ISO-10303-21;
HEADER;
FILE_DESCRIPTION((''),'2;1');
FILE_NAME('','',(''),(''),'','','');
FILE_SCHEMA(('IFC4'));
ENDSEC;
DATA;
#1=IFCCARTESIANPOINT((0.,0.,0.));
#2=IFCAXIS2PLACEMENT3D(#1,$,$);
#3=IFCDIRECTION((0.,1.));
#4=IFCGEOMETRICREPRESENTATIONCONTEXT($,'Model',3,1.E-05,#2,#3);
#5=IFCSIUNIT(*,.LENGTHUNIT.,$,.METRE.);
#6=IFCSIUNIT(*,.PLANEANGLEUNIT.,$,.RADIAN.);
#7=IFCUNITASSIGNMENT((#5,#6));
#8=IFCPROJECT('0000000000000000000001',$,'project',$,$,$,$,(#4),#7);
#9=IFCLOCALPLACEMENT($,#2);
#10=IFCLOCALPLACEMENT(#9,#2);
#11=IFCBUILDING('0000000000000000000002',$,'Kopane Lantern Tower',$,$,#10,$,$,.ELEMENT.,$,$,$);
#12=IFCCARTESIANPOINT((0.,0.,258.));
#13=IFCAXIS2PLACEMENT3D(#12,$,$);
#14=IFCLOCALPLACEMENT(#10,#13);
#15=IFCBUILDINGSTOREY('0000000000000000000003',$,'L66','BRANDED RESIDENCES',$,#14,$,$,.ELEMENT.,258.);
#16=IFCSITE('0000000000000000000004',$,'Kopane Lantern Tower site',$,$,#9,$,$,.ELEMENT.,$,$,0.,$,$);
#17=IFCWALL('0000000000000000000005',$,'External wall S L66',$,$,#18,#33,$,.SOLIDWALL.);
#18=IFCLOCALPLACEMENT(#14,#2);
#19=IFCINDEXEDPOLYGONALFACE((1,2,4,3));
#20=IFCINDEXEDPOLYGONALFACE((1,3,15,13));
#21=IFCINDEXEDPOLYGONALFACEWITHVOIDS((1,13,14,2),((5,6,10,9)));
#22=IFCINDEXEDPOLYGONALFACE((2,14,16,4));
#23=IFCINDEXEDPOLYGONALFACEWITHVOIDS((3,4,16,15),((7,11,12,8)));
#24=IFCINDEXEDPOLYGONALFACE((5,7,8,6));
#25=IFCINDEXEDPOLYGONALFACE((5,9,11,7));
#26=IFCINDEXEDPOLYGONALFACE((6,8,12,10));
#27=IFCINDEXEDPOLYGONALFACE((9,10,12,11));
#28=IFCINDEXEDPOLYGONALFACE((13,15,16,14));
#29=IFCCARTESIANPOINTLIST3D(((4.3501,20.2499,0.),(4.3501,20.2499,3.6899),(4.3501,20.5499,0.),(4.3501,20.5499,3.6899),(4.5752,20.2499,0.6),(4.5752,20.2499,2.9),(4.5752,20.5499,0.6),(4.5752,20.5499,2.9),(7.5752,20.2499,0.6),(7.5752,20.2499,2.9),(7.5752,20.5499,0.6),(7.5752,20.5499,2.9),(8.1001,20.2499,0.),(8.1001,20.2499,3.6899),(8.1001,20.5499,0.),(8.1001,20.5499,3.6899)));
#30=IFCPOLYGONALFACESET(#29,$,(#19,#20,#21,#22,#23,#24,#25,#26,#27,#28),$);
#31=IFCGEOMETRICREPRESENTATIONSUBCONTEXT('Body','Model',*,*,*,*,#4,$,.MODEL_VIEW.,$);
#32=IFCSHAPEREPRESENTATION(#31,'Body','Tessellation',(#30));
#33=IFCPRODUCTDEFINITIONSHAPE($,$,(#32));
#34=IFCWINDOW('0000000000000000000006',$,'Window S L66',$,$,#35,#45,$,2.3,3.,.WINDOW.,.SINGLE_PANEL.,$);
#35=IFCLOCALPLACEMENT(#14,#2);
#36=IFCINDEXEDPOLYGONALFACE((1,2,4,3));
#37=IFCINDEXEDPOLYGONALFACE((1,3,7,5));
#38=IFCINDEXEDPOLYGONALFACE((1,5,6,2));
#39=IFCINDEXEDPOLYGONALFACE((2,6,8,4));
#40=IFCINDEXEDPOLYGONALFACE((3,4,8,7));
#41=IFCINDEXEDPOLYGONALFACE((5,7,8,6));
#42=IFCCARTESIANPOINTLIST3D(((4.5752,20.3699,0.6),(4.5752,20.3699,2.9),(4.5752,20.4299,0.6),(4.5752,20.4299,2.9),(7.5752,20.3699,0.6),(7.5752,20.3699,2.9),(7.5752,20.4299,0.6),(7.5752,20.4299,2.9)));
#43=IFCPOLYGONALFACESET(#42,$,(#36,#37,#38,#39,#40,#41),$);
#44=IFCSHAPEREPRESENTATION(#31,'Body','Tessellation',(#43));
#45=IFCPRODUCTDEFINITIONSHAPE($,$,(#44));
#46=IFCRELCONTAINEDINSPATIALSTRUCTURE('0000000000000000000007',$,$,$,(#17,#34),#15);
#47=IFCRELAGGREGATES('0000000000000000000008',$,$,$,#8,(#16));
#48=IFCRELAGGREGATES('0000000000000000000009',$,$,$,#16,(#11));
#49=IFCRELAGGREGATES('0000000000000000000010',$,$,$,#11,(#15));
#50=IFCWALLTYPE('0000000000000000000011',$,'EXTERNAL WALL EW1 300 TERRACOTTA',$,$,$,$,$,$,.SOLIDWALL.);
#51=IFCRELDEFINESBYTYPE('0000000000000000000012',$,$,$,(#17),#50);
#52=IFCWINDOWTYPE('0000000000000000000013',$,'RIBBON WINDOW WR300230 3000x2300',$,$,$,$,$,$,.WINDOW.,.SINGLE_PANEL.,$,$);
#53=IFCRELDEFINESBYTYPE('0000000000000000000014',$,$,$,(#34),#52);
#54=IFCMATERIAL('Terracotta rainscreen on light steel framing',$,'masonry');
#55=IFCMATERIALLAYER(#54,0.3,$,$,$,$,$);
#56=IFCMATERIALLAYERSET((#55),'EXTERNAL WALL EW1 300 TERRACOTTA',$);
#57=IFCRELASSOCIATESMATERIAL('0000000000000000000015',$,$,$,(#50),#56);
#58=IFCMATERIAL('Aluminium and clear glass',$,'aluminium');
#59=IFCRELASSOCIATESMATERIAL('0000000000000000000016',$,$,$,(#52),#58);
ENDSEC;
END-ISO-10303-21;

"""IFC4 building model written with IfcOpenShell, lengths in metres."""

from ifc_helpers import new_model, si_unit, direction, frame, frame_2d, origin, place, context, subcontext, project, spatial, rectangle, extrude, material, layer, layer_set, type_object, element, fill, save


model = new_model("IFC4")

# Units and contexts
model_context = context("Model", 3, precision=1e-05, world=origin(), true_north=direction((0.0, 1.0)))
body_context = subcontext(model_context, "Body", "Model", "MODEL_VIEW")
ifc_project = project(units=[si_unit("LENGTHUNIT", "METRE"), si_unit("PLANEANGLEUNIT", "RADIAN")], contexts=[model_context])

# Site, building, storey
site_placement = place(None, origin())
site = spatial("IfcSite", under=ifc_project, at=site_placement, Name="Kopane Lantern Tower site", CompositionType="ELEMENT", RefElevation=0.0)
building_placement = place(site_placement, origin())
building = spatial("IfcBuilding", under=site, at=building_placement, Name="Kopane Lantern Tower", CompositionType="ELEMENT")
storey_placement = place(building_placement, frame((0.0, 0.0, 258.0)))
storey = spatial("IfcBuildingStorey", under=building, at=storey_placement, Name="L66", Description="BRANDED RESIDENCES", CompositionType="ELEMENT", Elevation=258.0)

# Wall, opening, window
ifc_material_1 = material(Name="Terracotta rainscreen on light steel framing", Category="masonry")
ifc_layer_1 = layer(ifc_material_1, 0.3)
ifc_layer_set_1 = layer_set([ifc_layer_1], Name="EXTERNAL WALL EW1 300 TERRACOTTA")
wall_type_1 = type_object("IfcWallType", Name="EXTERNAL WALL EW1 300 TERRACOTTA", PredefinedType="SOLIDWALL", material=ifc_layer_set_1)
wall_1_placement = place(storey_placement, frame((4.3501, 20.3999, 0.0), z_axis=(0.0, 0.0, 1.0), x_axis=(1.0, 0.0, 0.0)))
wall_1 = element("IfcWall", 1, at=wall_1_placement, inside=storey, type_object=wall_type_1, Name="External wall S L66", PredefinedType="SOLIDWALL", context=body_context, shape_type="SweptSolid", body=[
    extrude(rectangle(XDim=3.75, YDim=0.3, at=frame_2d((1.875, 0.0))), origin(), (0.0, 0.0, 1.0), 3.6899),
])
opening_1_placement = place(wall_1_placement, frame((0.2251, 0.0, 0.6001)))
opening_1 = element("IfcOpeningElement", 2, at=opening_1_placement, cuts=wall_1, PredefinedType="OPENING", context=body_context, shape_type="SweptSolid", body=[
    extrude(rectangle(XDim=3.0, YDim=2.3, at=frame_2d((1.5, 1.1499))), frame((0.0, 0.1599, 0.0), z_axis=(0.0, -1.0, 0.0), x_axis=(1.0, 0.0, 0.0)), (0.0, 0.0, 1.0), 0.3201),
])
ifc_material_2 = material(Name="Aluminium and clear glass", Category="aluminium")
window_type = type_object("IfcWindowType", Name="RIBBON WINDOW WR300230 3000x2300", PartitioningType="SINGLE_PANEL", PredefinedType="WINDOW", material=ifc_material_2)
window_placement = place(opening_1_placement, origin())
window = element("IfcWindow", 3, at=window_placement, inside=storey, type_object=window_type, Name="Window S L66", OverallHeight=2.3, OverallWidth=3.0, PartitioningType="SINGLE_PANEL", PredefinedType="WINDOW", context=body_context, shape_type="SweptSolid", body=[
    extrude(rectangle(XDim=3.0, YDim=2.3, at=frame_2d((1.5, 1.1499))), frame((0.0, 0.03, 0.0), z_axis=(0.0, -1.0, 0.0), x_axis=(1.0, 0.0, 0.0)), (0.0, 0.0, 1.0), 0.0601),
])
fill(opening_1, window)

save(model, "model.ifc")
